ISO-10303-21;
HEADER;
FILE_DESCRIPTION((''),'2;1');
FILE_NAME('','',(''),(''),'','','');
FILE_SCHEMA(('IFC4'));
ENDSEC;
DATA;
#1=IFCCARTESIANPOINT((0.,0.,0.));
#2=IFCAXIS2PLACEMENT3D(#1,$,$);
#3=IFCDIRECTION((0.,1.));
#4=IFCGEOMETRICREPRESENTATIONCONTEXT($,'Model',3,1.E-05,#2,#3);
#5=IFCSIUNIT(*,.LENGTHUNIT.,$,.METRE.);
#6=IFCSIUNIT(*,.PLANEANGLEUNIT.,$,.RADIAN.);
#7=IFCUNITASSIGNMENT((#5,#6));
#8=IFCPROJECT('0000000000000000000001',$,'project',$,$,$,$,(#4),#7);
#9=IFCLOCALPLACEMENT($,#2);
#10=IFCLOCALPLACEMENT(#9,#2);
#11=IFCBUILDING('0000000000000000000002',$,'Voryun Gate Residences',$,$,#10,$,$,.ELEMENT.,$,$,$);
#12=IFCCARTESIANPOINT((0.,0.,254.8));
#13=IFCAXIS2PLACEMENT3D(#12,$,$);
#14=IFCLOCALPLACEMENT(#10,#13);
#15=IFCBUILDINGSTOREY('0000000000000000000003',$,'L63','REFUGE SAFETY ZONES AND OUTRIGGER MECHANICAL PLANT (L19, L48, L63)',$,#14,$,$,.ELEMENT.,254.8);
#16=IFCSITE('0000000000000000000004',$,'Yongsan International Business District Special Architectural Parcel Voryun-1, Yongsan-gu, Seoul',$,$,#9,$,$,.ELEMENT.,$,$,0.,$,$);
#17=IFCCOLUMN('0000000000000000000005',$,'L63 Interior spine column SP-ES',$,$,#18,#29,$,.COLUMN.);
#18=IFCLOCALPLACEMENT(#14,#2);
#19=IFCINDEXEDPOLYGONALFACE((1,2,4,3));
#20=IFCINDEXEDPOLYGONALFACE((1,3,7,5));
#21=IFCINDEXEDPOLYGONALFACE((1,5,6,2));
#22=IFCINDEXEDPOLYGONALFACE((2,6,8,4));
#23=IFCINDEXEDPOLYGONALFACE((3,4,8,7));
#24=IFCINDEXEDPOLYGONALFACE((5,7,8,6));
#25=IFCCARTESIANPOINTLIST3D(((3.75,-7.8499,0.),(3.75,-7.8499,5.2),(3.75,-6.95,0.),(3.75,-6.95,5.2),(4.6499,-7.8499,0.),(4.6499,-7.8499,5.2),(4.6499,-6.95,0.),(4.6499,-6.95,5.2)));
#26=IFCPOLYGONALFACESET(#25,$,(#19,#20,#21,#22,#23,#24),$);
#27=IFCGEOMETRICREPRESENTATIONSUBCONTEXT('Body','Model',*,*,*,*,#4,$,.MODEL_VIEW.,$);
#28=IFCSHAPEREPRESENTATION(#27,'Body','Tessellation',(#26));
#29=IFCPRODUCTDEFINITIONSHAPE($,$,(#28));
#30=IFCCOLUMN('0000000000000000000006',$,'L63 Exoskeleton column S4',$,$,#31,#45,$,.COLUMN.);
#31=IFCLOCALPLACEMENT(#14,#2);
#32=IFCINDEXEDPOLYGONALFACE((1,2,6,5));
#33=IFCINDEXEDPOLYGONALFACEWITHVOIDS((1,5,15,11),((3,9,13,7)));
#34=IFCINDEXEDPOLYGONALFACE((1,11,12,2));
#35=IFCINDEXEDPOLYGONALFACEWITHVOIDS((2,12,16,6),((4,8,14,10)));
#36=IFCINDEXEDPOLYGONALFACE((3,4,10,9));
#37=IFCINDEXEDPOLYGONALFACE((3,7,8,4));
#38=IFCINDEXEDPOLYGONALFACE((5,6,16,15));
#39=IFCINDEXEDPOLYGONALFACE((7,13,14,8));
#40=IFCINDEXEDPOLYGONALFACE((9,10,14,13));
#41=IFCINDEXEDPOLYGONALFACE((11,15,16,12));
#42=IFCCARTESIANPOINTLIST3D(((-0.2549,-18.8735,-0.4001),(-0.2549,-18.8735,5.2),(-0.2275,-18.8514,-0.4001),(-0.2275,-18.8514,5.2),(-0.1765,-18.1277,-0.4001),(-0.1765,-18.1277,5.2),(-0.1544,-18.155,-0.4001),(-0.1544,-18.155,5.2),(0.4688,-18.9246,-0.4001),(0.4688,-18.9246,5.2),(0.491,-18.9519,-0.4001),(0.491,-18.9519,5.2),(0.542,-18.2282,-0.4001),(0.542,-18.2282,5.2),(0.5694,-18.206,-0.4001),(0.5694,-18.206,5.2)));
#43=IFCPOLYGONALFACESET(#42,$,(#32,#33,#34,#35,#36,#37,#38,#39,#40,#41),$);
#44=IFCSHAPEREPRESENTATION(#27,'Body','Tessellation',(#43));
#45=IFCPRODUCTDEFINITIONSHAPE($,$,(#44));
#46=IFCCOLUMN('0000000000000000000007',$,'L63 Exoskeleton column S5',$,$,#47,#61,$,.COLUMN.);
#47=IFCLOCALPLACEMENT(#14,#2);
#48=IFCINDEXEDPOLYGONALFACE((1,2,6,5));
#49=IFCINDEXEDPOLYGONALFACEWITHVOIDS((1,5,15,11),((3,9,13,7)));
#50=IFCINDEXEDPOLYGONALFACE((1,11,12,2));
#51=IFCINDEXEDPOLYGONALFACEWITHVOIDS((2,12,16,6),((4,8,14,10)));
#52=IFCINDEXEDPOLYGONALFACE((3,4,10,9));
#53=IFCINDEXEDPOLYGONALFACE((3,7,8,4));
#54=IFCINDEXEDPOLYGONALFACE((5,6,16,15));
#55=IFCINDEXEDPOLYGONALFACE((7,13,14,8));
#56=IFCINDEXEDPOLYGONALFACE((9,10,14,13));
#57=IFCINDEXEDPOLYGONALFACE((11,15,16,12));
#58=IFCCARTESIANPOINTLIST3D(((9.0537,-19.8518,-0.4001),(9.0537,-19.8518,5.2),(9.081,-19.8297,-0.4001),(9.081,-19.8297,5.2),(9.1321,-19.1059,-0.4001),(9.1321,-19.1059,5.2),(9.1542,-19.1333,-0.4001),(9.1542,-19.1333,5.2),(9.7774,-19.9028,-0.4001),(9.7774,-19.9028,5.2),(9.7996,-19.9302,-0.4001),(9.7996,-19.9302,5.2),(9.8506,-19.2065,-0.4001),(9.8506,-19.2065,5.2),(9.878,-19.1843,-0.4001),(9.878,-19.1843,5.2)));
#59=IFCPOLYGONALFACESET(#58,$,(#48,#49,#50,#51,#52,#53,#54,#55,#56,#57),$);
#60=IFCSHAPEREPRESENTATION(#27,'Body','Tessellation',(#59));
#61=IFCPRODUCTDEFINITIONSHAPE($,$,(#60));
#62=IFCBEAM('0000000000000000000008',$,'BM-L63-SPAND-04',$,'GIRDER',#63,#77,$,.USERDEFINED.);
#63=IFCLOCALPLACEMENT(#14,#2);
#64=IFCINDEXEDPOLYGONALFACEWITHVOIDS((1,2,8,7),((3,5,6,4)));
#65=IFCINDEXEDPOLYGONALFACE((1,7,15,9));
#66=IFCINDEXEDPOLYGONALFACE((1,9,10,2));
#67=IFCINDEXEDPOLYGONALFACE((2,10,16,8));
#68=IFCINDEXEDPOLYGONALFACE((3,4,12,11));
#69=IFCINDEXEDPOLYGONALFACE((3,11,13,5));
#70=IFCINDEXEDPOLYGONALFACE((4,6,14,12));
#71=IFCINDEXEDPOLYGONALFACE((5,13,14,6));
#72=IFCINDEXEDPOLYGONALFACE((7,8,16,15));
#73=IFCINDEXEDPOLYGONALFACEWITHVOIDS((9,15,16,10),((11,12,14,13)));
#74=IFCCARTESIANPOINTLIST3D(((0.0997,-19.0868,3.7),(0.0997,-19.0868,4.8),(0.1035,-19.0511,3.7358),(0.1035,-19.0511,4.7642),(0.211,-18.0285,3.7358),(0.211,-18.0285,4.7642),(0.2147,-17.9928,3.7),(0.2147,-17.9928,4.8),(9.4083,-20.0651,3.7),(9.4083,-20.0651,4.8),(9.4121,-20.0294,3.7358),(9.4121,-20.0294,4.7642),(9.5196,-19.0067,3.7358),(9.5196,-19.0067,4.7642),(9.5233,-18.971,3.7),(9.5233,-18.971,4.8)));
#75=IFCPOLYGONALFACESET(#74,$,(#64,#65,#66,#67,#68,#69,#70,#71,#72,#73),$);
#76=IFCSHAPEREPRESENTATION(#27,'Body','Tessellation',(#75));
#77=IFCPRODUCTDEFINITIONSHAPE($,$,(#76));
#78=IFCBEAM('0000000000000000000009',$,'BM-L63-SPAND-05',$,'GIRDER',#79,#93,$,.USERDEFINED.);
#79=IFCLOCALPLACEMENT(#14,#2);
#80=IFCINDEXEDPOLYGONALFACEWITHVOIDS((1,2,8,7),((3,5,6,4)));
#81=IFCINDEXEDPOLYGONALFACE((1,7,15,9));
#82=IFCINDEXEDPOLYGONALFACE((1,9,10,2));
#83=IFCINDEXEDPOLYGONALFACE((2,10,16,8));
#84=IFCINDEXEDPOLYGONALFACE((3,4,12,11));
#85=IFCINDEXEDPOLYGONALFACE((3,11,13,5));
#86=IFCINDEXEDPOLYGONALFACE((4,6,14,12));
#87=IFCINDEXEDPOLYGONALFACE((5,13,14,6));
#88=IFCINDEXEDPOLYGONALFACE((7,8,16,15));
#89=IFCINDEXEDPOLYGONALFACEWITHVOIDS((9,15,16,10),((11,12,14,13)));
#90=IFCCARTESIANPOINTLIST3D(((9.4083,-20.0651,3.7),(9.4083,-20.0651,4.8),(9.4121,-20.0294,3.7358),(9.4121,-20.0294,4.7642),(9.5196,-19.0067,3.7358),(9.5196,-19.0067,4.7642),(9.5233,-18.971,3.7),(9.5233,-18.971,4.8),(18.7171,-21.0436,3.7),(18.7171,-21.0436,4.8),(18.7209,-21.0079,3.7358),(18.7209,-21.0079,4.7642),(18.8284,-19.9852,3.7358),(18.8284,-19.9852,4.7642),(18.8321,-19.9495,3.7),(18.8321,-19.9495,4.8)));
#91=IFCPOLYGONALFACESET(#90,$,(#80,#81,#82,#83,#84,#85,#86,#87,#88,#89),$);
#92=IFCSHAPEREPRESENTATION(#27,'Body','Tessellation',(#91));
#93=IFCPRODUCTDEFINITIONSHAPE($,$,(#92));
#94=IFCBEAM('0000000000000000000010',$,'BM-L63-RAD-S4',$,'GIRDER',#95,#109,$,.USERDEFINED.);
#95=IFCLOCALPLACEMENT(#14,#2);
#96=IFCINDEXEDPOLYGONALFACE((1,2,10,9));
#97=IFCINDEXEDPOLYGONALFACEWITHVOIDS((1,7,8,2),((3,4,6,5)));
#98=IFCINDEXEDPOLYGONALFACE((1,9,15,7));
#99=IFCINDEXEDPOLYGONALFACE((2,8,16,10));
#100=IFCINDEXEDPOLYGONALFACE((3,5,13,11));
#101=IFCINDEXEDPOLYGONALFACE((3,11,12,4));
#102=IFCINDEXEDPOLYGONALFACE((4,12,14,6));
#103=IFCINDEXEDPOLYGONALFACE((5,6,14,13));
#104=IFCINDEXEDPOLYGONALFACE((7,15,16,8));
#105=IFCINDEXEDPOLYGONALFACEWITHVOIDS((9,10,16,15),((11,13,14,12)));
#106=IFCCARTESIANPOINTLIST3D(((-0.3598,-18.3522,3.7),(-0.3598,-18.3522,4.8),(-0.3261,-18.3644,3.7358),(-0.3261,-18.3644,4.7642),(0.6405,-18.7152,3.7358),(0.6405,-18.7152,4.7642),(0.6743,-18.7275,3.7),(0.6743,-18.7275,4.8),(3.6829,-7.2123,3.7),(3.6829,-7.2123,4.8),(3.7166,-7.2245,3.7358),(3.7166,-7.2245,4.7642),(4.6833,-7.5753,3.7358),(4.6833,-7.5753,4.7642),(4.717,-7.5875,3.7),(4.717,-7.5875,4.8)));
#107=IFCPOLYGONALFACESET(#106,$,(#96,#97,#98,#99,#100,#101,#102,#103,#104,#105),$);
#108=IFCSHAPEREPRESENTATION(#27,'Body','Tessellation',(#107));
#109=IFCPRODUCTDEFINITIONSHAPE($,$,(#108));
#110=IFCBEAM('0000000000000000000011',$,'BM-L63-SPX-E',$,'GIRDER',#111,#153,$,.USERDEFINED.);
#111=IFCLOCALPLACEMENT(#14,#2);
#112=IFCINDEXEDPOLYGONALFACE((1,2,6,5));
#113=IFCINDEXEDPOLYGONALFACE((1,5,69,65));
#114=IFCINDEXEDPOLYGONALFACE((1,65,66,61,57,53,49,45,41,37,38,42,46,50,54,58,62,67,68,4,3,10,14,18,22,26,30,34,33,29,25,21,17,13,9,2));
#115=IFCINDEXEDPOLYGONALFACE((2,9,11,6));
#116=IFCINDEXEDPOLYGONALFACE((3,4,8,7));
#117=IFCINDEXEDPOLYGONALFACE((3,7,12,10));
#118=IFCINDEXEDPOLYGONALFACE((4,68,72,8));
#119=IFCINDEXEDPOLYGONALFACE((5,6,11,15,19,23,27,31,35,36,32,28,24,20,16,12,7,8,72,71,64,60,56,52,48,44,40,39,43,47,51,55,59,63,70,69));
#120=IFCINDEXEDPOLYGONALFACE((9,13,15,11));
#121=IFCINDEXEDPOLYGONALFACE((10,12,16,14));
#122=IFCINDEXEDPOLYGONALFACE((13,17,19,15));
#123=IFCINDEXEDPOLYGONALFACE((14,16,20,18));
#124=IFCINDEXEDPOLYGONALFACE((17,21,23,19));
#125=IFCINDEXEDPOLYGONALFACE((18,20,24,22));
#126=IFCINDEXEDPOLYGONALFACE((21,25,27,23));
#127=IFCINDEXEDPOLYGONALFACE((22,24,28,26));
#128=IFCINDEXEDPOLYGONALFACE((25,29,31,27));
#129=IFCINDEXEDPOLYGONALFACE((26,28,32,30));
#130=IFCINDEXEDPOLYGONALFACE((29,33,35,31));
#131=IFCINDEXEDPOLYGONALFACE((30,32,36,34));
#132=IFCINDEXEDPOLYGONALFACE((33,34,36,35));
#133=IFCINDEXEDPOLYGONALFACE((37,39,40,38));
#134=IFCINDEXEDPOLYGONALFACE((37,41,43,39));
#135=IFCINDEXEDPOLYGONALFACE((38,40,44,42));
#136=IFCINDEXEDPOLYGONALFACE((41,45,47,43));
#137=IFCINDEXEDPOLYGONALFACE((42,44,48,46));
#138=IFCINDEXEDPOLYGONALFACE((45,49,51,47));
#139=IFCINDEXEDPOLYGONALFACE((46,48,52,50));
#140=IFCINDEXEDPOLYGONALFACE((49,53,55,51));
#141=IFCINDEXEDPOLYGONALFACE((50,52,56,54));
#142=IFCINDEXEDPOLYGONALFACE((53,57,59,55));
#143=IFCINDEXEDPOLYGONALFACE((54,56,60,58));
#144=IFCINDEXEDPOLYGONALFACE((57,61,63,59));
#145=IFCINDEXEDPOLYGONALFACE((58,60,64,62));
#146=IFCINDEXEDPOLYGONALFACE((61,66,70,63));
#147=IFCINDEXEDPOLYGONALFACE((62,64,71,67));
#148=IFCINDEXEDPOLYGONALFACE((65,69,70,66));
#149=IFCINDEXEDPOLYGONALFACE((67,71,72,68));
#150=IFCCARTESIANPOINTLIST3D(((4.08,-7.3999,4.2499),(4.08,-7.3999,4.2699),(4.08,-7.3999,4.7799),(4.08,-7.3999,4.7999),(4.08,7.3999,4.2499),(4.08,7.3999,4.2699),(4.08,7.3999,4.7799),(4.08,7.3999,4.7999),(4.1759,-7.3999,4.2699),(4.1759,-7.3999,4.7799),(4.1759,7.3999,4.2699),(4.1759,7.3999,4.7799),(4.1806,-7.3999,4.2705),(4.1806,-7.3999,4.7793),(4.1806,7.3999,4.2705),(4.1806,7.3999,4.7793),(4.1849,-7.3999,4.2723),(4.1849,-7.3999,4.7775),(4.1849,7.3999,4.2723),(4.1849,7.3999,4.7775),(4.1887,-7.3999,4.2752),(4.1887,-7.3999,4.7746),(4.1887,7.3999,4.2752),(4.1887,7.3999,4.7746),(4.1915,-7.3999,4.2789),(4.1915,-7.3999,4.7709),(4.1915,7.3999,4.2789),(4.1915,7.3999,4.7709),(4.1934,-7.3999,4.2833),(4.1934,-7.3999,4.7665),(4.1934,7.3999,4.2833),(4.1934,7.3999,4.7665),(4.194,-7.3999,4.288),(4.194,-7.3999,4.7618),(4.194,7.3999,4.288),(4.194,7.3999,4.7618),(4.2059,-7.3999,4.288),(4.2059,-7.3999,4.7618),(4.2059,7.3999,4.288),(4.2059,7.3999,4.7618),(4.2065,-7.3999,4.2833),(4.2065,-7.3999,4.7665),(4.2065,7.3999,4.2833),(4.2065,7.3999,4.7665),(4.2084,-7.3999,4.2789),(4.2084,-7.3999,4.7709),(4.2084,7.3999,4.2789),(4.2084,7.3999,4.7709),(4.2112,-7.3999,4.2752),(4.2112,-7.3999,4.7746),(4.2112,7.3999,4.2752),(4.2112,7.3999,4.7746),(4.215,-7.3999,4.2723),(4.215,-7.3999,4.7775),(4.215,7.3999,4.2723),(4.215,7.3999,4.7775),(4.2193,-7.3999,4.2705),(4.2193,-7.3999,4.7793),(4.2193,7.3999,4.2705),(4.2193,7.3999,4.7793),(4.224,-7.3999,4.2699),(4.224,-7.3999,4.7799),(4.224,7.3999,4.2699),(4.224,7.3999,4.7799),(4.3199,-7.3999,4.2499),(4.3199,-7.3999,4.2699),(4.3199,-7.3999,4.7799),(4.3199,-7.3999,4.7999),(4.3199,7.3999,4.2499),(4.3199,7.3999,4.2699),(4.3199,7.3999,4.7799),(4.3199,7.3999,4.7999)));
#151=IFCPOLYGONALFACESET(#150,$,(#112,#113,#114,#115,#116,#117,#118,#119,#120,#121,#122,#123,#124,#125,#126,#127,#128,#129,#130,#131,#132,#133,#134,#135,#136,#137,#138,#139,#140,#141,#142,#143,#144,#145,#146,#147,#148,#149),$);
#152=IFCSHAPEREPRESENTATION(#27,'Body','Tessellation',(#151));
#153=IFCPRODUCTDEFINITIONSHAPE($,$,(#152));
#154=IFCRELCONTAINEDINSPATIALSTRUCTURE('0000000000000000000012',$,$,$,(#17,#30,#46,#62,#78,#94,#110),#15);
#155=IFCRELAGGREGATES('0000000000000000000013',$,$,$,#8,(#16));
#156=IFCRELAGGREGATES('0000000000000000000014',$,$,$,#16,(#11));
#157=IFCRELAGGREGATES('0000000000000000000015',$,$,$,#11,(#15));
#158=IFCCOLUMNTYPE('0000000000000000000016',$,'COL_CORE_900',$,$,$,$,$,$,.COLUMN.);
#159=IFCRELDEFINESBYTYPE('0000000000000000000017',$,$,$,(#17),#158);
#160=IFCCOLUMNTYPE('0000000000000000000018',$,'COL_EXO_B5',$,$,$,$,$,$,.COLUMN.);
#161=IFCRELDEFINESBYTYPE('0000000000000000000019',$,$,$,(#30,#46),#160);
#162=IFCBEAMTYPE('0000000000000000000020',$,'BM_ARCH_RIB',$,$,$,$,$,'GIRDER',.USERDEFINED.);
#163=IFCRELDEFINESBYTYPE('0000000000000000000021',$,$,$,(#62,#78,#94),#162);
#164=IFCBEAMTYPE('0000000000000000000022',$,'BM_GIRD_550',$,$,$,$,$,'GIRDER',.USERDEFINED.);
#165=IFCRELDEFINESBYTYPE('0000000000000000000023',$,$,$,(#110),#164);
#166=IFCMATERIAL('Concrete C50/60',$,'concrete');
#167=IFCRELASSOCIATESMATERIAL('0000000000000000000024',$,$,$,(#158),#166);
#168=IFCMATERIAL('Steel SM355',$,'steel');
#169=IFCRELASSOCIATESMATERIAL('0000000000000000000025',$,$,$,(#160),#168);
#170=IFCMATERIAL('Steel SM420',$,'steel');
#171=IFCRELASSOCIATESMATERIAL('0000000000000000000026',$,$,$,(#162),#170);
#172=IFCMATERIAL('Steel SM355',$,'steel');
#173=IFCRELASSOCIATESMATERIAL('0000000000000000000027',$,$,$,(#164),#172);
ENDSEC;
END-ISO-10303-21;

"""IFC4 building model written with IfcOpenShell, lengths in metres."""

from ifc_helpers import new_model, si_unit, direction, frame, origin, origin_2d, place, context, subcontext, project, spatial, rectangle, hollow_rectangle, i_section, extrude, material, material_profile, profile_set, type_object, element, save


model = new_model("IFC4")

# Units and contexts
model_context = context("Model", 3, precision=1e-05, world=origin(), true_north=direction((0.0, 1.0)))
body_context = subcontext(model_context, "Body", "Model", "MODEL_VIEW")
ifc_project = project(units=[si_unit("LENGTHUNIT", "METRE"), si_unit("PLANEANGLEUNIT", "RADIAN")], contexts=[model_context])

# Site, building, storey
site_placement = place(None, origin())
site = spatial("IfcSite", under=ifc_project, at=site_placement, Name="Yongsan International Business District Special Architectural Parcel Voryun-1, Yongsan-gu, Seoul", CompositionType="ELEMENT", RefElevation=0.0)
building_placement = place(site_placement, origin())
building = spatial("IfcBuilding", under=site, at=building_placement, Name="Voryun Gate Residences", CompositionType="ELEMENT")
storey_placement = place(building_placement, frame((0.0, 0.0, 254.8)))
storey = spatial("IfcBuildingStorey", under=building, at=storey_placement, Name="L63", Description="REFUGE SAFETY ZONES AND OUTRIGGER MECHANICAL PLANT (L19, L48, L63)", CompositionType="ELEMENT", Elevation=254.8)

# Columns
ifc_material_1 = material(Name="Concrete C50/60", Category="concrete")
ifc_material_profile_1 = material_profile(ifc_material_1, rectangle(XDim=0.8999, YDim=0.8999, at=origin_2d()), Name="RC-900x900")
ifc_profile_set_1 = profile_set([ifc_material_profile_1], Name="Concrete C50/60")
column_type_1 = type_object("IfcColumnType", Name="COL_CORE_900", PredefinedType="COLUMN", material=ifc_profile_set_1)
column_placement = place(storey_placement, frame((4.2, -7.3999, 0.0), z_axis=(0.0, 0.0, 1.0), x_axis=(1.0, 0.0, 0.0)))
element("IfcColumn", 1, at=column_placement, inside=storey, type_object=column_type_1, Name="L63 Interior spine column SP-ES", PredefinedType="COLUMN", context=body_context, shape_type="SweptSolid", body=[
    extrude(rectangle(XDim=0.8999, YDim=0.8999, at=origin_2d()), origin(), (0.0, 0.0, 1.0), 5.2),
])
ifc_material_2 = material(Name="Steel SM355", Category="steel")
ifc_material_profile_2 = material_profile(ifc_material_2, hollow_rectangle(XDim=0.75, YDim=0.75, WallThickness=0.0249, at=origin_2d()), Name="BOX-750x750x25")
ifc_profile_set_2 = profile_set([ifc_material_profile_2], Name="Steel SM355")
column_type_2 = type_object("IfcColumnType", Name="COL_EXO_B5", PredefinedType="COLUMN", material=ifc_profile_set_2)
for number, where, z_axis, x_axis, name in (
    (2, (0.1572, -18.5398, -0.4001), (0.0, 0.0, 1.0), (0.994522, -0.104528, 0.0), "L63 Exoskeleton column S4"),
    (3, (9.4658, -19.5181, -0.4001), (0.0, 0.0, 1.0), (0.994522, -0.104528, 0.0), "L63 Exoskeleton column S5"),
):
    element("IfcColumn", number, at=place(storey_placement, frame(where, z_axis=z_axis, x_axis=x_axis)), inside=storey, type_object=column_type_2, Name=name, PredefinedType="COLUMN", context=body_context, shape_type="SweptSolid", body=[
        extrude(hollow_rectangle(XDim=0.75, YDim=0.75, WallThickness=0.0249, at=origin_2d()), origin(), (0.0, 0.0, 1.0), 5.6001),
    ])

# Beams
ifc_material_3 = material(Name="Steel SM420", Category="steel")
ifc_material_profile_3 = material_profile(ifc_material_3, hollow_rectangle(XDim=1.1001, YDim=1.1001, WallThickness=0.0359, at=origin_2d()), Name="BOX-1100x1100x36")
ifc_profile_set_3 = profile_set([ifc_material_profile_3], Name="Steel SM420")
beam_type_1 = type_object("IfcBeamType", Name="BM_ARCH_RIB", ElementType="GIRDER", PredefinedType="USERDEFINED", material=ifc_profile_set_3)
beam_1_placement = place(storey_placement, frame((0.1572, -18.5398, 4.25), z_axis=(0.994523, -0.104518, 0.0), x_axis=(0.104518, 0.994523, 0.0)))
element("IfcBeam", 4, at=beam_1_placement, inside=storey, type_object=beam_type_1, Name="BM-L63-SPAND-04", ObjectType="GIRDER", PredefinedType="USERDEFINED", context=body_context, shape_type="SweptSolid", body=[
    extrude(hollow_rectangle(XDim=1.1001, YDim=1.1001, WallThickness=0.0359, at=origin_2d()), origin(), (0.0, 0.0, 1.0), 9.3599),
])
beam_2_placement = place(storey_placement, frame((9.4658, -19.5181, 4.25), z_axis=(0.994521, -0.104541, 0.0), x_axis=(0.104541, 0.994521, 0.0)))
element("IfcBeam", 5, at=beam_2_placement, inside=storey, type_object=beam_type_1, Name="BM-L63-SPAND-05", ObjectType="GIRDER", PredefinedType="USERDEFINED", context=body_context, shape_type="SweptSolid", body=[
    extrude(hollow_rectangle(XDim=1.1001, YDim=1.1001, WallThickness=0.0359, at=origin_2d()), origin(), (0.0, 0.0, 1.0), 9.3601),
])
beam_3_placement = place(storey_placement, frame((4.2, -7.3999, 4.25), z_axis=(-0.341136, -0.940014, 0.0), x_axis=(0.940014, -0.341136, 0.0)))
element("IfcBeam", 6, at=beam_3_placement, inside=storey, type_object=beam_type_1, Name="BM-L63-RAD-S4", ObjectType="GIRDER", PredefinedType="USERDEFINED", context=body_context, shape_type="SweptSolid", body=[
    extrude(hollow_rectangle(XDim=1.1001, YDim=1.1001, WallThickness=0.0359, at=origin_2d()), origin(), (0.0, 0.0, 1.0), 11.8508),
])
ifc_material_4 = material(Name="Steel SM355", Category="steel")
ifc_material_profile_4 = material_profile(ifc_material_4, i_section(OverallWidth=0.24, OverallDepth=0.55, WebThickness=0.012, FlangeThickness=0.02, FilletRadius=0.0181, at=origin_2d()), Name="H-550x240x12x20")
ifc_profile_set_4 = profile_set([ifc_material_profile_4], Name="Steel SM355")
beam_type_2 = type_object("IfcBeamType", Name="BM_GIRD_550", ElementType="GIRDER", PredefinedType="USERDEFINED", material=ifc_profile_set_4)
beam_4_placement = place(storey_placement, frame((4.2, -7.3999, 4.5249), z_axis=(0.0, 1.0, 0.0), x_axis=(-1.0, 0.0, 0.0)))
element("IfcBeam", 7, at=beam_4_placement, inside=storey, type_object=beam_type_2, Name="BM-L63-SPX-E", ObjectType="GIRDER", PredefinedType="USERDEFINED", context=body_context, shape_type="SweptSolid", body=[
    extrude(i_section(OverallWidth=0.24, OverallDepth=0.55, WebThickness=0.012, FlangeThickness=0.02, FilletRadius=0.0181, at=origin_2d()), origin(), (0.0, 0.0, 1.0), 14.7998),
])

save(model, "model.ifc")
